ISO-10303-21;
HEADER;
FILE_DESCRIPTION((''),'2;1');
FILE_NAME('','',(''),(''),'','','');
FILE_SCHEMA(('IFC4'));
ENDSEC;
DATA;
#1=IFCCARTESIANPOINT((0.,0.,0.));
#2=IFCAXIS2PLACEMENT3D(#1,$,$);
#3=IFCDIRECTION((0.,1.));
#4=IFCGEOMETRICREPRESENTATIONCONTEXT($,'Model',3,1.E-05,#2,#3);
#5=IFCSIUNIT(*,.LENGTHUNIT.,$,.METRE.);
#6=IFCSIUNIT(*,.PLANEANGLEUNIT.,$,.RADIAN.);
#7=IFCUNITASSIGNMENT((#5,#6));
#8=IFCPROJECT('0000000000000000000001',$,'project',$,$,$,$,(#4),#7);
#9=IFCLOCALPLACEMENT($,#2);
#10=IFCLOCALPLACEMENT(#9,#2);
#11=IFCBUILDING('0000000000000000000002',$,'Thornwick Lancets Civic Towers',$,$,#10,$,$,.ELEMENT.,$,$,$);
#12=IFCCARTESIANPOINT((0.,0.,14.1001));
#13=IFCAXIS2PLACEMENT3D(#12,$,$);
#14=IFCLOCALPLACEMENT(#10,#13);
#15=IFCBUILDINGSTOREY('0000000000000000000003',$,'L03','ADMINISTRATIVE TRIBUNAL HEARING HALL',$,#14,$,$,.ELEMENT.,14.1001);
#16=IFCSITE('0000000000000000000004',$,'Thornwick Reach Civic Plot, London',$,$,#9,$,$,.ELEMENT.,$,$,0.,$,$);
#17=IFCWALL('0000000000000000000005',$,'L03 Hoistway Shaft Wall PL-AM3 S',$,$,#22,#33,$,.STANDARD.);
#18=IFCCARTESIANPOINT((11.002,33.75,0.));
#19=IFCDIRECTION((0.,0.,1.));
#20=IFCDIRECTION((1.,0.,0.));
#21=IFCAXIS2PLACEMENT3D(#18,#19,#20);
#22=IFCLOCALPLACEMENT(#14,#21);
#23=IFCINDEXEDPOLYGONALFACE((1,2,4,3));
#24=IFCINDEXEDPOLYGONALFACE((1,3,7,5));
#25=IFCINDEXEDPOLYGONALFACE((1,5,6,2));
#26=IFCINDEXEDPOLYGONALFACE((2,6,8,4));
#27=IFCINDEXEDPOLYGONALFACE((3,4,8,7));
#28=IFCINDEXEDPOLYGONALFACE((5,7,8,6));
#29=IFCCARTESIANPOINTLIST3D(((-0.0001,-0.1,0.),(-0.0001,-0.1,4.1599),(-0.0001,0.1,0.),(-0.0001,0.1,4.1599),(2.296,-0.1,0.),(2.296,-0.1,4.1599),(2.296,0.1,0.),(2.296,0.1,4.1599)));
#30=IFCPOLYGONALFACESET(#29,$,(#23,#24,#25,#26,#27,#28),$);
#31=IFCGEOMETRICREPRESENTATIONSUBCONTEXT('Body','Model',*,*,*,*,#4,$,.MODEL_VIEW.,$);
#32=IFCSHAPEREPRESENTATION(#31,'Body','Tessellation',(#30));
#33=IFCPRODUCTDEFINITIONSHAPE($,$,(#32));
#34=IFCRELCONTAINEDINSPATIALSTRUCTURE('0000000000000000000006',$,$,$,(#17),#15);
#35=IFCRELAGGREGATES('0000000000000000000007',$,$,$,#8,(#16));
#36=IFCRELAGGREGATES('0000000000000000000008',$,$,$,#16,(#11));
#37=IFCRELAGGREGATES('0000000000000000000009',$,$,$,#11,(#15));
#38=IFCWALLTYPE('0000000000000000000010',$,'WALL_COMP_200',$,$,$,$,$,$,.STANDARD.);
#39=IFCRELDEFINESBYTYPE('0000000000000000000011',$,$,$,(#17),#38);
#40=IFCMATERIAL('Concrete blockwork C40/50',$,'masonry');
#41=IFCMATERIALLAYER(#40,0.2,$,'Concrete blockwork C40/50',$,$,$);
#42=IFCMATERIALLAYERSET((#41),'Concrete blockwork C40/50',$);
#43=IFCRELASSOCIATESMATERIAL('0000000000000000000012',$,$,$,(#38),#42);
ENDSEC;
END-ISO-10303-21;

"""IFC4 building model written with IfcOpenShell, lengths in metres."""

from ifc_helpers import new_model, si_unit, direction, frame, frame_2d, origin, place, context, subcontext, project, spatial, rectangle, extrude, material, layer, layer_set, type_object, element, save


model = new_model("IFC4")

# Units and contexts
model_context = context("Model", 3, precision=1e-05, world=origin(), true_north=direction((0.0, 1.0)))
body_context = subcontext(model_context, "Body", "Model", "MODEL_VIEW")
ifc_project = project(units=[si_unit("LENGTHUNIT", "METRE"), si_unit("PLANEANGLEUNIT", "RADIAN")], contexts=[model_context])

# Site, building, storey
site_placement = place(None, origin())
site = spatial("IfcSite", under=ifc_project, at=site_placement, Name="Thornwick Reach Civic Plot, London", CompositionType="ELEMENT", RefElevation=0.0)
building_placement = place(site_placement, origin())
building = spatial("IfcBuilding", under=site, at=building_placement, Name="Thornwick Lancets Civic Towers", CompositionType="ELEMENT")
storey_placement = place(building_placement, frame((0.0, 0.0, 14.1001)))
storey = spatial("IfcBuildingStorey", under=building, at=storey_placement, Name="L03", Description="ADMINISTRATIVE TRIBUNAL HEARING HALL", CompositionType="ELEMENT", Elevation=14.1001)

# Wall
ifc_material_1 = material(Name="Concrete blockwork C40/50", Category="masonry")
ifc_layer_1 = layer(ifc_material_1, 0.2, Name="Concrete blockwork C40/50")
ifc_layer_set_1 = layer_set([ifc_layer_1], Name="Concrete blockwork C40/50")
wall_type_1 = type_object("IfcWallType", Name="WALL_COMP_200", PredefinedType="STANDARD", material=ifc_layer_set_1)
wall_1_placement = place(storey_placement, frame((11.002, 33.75, 0.0), z_axis=(0.0, 0.0, 1.0), x_axis=(1.0, 0.0, 0.0)))
element("IfcWall", 1, at=wall_1_placement, inside=storey, type_object=wall_type_1, Name="L03 Hoistway Shaft Wall PL-AM3 S", PredefinedType="STANDARD", context=body_context, shape_type="SweptSolid", body=[
    extrude(rectangle(XDim=2.2961, YDim=0.2, at=frame_2d((1.1479, 0.0))), origin(), (0.0, 0.0, 1.0), 4.1599),
])

save(model, "model.ifc")
